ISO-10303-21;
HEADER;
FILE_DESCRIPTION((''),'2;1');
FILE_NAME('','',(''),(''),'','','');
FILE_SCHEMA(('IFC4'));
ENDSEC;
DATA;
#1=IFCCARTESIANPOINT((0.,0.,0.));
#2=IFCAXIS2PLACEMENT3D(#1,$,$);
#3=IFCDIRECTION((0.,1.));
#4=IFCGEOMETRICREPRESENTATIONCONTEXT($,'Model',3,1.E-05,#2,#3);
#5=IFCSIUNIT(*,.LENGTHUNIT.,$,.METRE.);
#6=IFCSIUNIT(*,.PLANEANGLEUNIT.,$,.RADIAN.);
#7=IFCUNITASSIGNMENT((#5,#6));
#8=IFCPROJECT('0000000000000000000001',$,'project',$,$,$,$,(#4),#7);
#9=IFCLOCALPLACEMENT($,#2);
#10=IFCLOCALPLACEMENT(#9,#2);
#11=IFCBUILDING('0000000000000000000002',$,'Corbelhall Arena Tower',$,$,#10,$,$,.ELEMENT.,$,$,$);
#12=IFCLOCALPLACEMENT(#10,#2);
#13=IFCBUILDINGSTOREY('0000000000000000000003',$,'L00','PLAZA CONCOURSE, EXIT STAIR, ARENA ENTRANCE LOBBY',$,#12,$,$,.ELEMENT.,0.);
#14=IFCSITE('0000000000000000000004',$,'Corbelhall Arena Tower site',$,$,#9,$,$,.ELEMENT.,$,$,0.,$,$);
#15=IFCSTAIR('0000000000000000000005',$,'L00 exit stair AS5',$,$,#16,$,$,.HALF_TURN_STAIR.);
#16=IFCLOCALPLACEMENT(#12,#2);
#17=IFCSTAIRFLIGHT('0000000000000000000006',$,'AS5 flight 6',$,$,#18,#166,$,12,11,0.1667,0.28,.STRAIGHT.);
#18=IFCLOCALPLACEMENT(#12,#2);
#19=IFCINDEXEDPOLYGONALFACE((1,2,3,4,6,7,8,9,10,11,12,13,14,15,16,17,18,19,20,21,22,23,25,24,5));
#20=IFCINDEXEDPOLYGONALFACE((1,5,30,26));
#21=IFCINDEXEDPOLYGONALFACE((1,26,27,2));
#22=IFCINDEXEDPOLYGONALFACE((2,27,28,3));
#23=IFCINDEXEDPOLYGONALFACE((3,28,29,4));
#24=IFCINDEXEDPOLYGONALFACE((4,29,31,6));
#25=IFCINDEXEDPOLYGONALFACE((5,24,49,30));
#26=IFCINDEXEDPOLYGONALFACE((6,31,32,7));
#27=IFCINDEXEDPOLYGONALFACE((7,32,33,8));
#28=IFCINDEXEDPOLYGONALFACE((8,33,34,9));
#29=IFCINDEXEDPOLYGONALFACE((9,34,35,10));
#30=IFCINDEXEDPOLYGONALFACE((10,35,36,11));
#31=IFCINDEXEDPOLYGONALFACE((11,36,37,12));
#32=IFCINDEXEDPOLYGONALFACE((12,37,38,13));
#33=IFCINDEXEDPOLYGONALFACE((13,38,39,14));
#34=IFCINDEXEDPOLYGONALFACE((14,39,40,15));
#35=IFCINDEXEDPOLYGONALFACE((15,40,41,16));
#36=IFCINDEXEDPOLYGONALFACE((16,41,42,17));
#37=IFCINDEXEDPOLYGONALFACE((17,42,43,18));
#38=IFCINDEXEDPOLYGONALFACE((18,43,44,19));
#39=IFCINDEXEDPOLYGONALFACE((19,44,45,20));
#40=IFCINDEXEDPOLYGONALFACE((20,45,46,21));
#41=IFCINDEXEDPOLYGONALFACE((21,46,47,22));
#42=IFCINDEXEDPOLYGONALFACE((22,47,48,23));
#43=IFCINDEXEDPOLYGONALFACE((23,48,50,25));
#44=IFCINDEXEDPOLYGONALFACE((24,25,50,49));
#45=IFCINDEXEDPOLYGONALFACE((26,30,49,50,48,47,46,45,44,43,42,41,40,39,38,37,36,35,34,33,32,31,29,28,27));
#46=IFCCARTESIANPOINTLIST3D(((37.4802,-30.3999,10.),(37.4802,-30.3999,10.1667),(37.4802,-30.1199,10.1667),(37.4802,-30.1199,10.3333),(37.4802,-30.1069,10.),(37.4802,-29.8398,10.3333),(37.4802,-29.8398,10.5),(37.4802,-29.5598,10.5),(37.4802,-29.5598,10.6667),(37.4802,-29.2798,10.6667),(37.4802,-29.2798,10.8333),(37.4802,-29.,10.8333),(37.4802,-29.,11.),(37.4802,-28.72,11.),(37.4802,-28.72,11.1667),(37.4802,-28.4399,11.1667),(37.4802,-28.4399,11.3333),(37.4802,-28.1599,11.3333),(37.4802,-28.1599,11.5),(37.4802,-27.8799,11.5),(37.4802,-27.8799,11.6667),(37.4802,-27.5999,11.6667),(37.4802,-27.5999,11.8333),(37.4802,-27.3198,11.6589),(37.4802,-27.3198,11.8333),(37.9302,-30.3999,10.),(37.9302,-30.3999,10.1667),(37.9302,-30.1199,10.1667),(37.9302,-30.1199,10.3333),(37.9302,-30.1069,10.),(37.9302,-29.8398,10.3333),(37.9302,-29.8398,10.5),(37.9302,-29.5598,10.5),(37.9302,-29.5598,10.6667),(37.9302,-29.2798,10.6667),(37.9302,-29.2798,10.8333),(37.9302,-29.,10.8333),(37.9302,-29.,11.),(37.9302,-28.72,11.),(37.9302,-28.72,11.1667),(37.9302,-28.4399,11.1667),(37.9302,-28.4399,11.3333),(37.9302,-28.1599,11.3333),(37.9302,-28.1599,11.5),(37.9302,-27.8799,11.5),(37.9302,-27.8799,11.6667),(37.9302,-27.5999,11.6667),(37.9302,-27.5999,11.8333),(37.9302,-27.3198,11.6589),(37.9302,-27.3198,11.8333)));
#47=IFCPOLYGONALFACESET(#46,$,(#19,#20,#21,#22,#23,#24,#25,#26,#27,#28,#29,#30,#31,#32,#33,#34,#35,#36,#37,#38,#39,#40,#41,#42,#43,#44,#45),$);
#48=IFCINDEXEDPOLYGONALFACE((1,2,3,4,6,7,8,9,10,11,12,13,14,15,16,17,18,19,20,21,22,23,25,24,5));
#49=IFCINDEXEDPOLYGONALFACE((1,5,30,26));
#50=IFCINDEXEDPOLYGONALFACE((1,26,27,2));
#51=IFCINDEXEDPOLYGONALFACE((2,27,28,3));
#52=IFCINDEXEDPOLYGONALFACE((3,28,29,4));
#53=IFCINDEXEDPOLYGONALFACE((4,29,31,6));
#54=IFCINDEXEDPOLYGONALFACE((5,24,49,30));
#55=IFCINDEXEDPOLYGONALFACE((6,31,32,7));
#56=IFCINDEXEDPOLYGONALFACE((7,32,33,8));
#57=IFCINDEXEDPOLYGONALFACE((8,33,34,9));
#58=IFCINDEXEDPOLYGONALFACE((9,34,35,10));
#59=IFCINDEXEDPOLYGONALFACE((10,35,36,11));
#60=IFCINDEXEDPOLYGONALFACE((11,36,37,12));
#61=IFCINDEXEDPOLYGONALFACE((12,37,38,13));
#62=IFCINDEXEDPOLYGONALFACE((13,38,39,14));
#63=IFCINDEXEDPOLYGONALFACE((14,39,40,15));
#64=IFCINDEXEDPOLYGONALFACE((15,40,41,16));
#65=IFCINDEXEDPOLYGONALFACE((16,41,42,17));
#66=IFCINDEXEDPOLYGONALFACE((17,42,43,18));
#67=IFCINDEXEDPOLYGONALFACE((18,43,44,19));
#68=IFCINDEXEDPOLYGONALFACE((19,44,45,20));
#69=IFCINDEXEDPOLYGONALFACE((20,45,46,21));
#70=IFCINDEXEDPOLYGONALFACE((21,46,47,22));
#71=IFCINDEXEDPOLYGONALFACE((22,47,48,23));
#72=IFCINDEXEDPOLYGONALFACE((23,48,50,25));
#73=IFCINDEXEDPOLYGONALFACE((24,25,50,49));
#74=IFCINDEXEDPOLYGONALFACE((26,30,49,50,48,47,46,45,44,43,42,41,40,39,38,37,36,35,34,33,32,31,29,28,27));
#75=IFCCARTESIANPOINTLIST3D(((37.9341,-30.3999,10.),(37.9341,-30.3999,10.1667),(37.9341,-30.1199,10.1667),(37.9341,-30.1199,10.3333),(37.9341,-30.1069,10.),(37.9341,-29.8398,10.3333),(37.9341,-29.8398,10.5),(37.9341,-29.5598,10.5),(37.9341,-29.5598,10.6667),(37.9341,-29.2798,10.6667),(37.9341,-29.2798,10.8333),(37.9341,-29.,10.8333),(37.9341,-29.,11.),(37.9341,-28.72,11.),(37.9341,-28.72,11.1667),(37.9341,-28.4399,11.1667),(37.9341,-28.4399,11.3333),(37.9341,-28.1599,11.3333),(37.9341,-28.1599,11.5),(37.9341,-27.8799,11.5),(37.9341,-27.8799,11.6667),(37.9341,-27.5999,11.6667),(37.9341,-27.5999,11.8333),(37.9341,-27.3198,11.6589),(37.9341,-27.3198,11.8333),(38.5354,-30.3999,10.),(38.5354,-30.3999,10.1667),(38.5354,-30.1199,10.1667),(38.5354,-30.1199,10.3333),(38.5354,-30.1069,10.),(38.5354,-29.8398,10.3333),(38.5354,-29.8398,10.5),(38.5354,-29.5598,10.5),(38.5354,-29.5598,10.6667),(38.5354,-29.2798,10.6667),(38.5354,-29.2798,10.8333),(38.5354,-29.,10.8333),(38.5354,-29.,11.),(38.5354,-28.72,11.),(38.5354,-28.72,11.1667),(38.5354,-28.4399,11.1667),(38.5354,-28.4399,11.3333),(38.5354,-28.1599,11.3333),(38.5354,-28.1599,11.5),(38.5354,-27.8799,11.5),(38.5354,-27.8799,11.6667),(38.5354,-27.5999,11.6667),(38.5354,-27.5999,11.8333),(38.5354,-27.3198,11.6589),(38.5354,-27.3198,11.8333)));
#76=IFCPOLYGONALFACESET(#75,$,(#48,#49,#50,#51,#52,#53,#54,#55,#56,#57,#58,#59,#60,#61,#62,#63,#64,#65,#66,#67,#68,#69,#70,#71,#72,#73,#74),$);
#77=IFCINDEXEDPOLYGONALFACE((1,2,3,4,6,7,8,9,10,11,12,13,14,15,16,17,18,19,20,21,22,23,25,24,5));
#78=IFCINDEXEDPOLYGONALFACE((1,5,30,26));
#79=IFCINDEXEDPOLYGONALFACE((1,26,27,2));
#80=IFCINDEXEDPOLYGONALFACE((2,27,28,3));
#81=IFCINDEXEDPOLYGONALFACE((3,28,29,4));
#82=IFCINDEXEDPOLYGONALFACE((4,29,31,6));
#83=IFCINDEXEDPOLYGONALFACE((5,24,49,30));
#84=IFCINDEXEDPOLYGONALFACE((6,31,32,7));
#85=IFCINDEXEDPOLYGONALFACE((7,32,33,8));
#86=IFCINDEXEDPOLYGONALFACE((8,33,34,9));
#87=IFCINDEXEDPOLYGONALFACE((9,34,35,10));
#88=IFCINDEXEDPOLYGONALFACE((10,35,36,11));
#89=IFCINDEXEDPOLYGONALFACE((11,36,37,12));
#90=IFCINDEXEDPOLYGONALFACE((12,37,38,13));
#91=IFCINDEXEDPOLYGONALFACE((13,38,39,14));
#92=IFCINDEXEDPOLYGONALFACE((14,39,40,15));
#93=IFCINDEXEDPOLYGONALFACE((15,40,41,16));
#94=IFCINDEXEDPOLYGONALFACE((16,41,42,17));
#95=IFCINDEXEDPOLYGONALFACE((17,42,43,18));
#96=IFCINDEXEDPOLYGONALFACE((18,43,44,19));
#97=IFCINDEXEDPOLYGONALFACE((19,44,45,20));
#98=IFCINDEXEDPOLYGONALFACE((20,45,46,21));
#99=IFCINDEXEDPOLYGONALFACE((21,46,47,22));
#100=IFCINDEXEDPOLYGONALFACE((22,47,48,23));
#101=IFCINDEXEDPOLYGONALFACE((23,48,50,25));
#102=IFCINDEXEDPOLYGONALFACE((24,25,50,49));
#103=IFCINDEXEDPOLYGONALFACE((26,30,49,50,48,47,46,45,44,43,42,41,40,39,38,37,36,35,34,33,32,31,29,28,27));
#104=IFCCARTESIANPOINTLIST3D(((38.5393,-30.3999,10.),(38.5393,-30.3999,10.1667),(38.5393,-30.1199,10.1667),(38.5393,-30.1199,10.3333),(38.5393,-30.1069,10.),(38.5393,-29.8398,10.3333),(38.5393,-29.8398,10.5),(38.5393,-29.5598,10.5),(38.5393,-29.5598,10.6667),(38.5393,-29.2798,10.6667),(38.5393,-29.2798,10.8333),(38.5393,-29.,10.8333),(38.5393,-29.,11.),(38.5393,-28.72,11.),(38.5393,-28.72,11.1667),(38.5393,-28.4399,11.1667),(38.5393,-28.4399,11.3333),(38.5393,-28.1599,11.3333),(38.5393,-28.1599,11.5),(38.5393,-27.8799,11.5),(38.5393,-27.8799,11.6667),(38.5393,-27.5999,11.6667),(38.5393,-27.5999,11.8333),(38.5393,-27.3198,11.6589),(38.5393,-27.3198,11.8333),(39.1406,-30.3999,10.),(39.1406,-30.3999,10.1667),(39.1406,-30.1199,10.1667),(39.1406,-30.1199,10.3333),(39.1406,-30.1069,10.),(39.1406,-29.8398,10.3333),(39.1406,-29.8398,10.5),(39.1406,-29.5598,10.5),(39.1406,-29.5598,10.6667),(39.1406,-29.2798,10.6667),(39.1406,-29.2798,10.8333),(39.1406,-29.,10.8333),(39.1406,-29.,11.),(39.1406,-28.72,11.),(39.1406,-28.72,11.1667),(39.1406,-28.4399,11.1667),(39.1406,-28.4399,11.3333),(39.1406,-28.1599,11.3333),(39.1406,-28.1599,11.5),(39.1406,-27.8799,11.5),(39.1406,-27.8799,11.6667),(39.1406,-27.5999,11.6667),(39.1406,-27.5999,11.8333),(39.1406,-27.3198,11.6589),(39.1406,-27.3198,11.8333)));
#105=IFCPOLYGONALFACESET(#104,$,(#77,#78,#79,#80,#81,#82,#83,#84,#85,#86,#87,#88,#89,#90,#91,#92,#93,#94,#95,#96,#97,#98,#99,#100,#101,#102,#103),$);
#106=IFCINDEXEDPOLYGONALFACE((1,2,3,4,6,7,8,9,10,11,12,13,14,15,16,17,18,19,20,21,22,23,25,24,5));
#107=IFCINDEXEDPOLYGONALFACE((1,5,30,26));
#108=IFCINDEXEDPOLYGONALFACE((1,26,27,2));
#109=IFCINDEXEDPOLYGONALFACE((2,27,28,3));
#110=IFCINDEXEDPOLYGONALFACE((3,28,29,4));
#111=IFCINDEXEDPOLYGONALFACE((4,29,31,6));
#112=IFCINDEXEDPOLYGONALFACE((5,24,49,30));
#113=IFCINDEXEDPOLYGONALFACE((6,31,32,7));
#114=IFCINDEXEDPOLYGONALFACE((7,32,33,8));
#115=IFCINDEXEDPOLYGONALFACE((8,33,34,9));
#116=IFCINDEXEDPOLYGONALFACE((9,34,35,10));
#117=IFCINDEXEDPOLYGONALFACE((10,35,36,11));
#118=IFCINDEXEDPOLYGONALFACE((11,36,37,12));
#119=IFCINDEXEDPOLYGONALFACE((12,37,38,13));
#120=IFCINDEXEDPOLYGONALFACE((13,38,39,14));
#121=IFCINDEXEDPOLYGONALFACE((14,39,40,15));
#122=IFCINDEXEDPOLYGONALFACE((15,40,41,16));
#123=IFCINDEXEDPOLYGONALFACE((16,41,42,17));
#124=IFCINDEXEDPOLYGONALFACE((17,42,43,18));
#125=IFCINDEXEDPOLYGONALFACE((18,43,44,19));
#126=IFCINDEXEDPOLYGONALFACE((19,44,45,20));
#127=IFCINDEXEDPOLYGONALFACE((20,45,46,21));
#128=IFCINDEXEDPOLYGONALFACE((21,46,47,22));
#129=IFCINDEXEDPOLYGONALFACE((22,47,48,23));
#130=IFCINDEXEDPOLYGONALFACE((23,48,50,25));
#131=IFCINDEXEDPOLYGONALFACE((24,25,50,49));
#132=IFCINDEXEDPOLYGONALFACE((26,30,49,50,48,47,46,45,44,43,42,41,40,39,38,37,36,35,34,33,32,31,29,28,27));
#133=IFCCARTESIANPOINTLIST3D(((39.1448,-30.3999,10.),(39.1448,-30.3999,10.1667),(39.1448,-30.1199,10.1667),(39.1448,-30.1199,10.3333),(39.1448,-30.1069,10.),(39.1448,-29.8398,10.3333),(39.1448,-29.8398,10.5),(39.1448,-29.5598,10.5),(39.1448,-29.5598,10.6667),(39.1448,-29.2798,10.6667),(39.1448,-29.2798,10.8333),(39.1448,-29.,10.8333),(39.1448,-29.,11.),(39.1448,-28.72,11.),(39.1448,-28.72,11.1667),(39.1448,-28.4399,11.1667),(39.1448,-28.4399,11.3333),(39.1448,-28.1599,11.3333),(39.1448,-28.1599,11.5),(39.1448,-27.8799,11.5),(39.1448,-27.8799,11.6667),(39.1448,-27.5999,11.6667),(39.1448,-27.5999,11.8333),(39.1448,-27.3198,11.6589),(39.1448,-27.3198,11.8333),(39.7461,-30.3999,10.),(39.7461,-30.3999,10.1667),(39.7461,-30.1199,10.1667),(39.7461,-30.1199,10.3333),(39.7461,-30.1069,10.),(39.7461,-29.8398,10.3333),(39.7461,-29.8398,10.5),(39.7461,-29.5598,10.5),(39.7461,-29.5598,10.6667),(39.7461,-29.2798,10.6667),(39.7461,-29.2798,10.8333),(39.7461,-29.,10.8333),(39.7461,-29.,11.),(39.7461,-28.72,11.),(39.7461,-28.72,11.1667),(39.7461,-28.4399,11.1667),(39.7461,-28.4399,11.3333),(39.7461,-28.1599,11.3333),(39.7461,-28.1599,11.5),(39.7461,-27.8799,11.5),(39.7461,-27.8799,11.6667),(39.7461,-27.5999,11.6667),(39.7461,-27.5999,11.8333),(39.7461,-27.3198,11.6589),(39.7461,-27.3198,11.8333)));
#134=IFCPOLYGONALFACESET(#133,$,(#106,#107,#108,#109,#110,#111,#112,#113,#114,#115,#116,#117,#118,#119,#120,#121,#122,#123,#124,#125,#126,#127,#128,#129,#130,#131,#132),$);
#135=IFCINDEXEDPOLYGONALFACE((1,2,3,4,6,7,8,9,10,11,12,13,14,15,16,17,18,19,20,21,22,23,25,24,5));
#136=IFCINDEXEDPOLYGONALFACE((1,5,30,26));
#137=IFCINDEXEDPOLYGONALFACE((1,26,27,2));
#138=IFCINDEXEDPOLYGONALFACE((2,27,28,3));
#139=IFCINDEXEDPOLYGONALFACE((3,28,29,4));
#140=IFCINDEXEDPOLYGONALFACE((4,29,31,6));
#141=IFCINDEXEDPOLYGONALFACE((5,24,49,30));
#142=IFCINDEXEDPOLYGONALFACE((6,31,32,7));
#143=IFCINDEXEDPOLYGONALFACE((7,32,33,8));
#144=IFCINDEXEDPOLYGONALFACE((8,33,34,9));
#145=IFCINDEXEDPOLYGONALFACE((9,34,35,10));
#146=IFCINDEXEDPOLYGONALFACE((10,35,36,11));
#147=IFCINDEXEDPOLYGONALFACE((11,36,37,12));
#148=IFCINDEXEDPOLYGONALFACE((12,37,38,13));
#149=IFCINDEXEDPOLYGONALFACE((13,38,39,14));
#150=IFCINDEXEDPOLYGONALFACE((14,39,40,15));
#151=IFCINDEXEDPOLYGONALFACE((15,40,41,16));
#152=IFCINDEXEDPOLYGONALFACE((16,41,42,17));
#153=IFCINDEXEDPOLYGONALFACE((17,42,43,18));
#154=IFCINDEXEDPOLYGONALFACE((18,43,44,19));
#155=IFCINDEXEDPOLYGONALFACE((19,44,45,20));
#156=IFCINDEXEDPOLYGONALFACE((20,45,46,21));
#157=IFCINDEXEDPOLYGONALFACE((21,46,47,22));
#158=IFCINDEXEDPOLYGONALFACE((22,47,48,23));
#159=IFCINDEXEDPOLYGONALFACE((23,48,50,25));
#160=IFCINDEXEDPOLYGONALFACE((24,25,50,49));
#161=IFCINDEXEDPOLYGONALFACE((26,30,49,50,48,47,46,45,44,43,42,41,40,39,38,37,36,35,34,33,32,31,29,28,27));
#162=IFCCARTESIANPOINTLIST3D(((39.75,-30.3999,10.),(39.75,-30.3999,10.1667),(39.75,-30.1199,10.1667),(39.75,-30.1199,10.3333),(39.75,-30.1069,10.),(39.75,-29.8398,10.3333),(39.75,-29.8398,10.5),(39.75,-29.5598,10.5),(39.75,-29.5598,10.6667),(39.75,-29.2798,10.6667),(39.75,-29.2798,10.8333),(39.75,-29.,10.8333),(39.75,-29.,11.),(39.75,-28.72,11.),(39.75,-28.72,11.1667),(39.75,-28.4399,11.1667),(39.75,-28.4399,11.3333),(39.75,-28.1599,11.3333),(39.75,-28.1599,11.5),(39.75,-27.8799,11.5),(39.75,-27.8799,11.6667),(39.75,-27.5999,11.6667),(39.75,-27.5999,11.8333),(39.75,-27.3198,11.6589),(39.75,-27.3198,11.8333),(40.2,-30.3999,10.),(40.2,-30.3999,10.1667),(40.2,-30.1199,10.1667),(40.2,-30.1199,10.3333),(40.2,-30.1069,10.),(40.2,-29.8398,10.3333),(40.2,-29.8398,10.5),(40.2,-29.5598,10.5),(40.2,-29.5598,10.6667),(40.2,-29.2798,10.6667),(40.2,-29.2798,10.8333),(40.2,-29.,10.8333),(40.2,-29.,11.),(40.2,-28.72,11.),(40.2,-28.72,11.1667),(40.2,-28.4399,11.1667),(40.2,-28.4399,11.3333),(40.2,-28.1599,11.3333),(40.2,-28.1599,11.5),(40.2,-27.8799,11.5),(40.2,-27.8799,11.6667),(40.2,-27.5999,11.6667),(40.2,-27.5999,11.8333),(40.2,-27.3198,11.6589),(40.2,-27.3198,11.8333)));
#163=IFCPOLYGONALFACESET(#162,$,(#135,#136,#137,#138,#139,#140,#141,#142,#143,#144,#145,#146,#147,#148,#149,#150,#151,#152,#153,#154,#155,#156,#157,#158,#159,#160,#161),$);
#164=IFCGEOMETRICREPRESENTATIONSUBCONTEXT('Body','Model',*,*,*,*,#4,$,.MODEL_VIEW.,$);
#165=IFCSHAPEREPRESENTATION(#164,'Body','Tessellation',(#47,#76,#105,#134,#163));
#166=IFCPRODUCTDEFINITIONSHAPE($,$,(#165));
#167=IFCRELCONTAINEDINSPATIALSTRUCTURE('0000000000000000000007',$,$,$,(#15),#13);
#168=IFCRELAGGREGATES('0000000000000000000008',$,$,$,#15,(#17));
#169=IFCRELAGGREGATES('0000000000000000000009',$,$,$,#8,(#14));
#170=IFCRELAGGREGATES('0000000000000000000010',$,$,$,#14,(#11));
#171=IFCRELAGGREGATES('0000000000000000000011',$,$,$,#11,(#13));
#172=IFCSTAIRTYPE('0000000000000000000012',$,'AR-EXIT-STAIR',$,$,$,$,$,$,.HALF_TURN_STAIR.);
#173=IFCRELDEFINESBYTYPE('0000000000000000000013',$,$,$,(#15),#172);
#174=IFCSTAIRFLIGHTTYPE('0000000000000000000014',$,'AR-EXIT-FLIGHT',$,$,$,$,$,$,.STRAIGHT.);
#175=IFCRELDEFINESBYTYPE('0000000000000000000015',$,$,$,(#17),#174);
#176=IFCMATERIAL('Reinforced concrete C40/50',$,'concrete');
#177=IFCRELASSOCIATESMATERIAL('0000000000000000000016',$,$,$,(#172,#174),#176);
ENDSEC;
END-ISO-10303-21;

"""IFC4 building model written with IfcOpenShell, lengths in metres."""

from ifc_helpers import new_model, si_unit, direction, frame, origin, place, context, subcontext, project, spatial, polyline, outline, extrude, material, type_object, element, aggregate, save


model = new_model("IFC4")

# Units and contexts
model_context = context("Model", 3, precision=1e-05, world=origin(), true_north=direction((0.0, 1.0)))
body_context = subcontext(model_context, "Body", "Model", "MODEL_VIEW")
ifc_project = project(units=[si_unit("LENGTHUNIT", "METRE"), si_unit("PLANEANGLEUNIT", "RADIAN")], contexts=[model_context])

# Site, building, storey
site_placement = place(None, origin())
site = spatial("IfcSite", under=ifc_project, at=site_placement, Name="Corbelhall Arena Tower site", CompositionType="ELEMENT", RefElevation=0.0)
building_placement = place(site_placement, origin())
building = spatial("IfcBuilding", under=site, at=building_placement, Name="Corbelhall Arena Tower", CompositionType="ELEMENT")
storey_placement = place(building_placement, origin())
storey = spatial("IfcBuildingStorey", under=building, at=storey_placement, Name="L00", Description="PLAZA CONCOURSE, EXIT STAIR, ARENA ENTRANCE LOBBY", CompositionType="ELEMENT", Elevation=0.0)

# Shared definitions
ifc_material_1 = material(Name="Reinforced concrete C40/50", Category="concrete")

# Stair, stair flight
stair_type = type_object("IfcStairType", Name="AR-EXIT-STAIR", PredefinedType="HALF_TURN_STAIR", material=ifc_material_1)
stair_1_placement = place(storey_placement, origin())
stair_1 = element("IfcStair", 1, at=stair_1_placement, inside=storey, type_object=stair_type, Name="L00 exit stair AS5", PredefinedType="HALF_TURN_STAIR")
stair_flight_type = type_object("IfcStairFlightType", Name="AR-EXIT-FLIGHT", PredefinedType="STRAIGHT", material=ifc_material_1)
stair_flight_1_placement = place(storey_placement, frame((38.8401, -30.3999, 10.0), z_axis=(0.0, 0.0, 1.0), x_axis=(0.0, 1.0, 0.0)))
stair_flight_1 = element("IfcStairFlight", 2, at=stair_flight_1_placement, type_object=stair_flight_type, Name="AS5 flight 6", NumberOfRisers=12, NumberOfTreads=11, PredefinedType="STRAIGHT", RiserHeight=0.1667, TreadLength=0.28, context=body_context, shape_type="SweptSolid", body=[
    extrude(outline(polyline([(0.0, 0.0), (0.0, 0.1667), (0.28, 0.1667), (0.28, 0.3333), (0.5601, 0.3333), (0.5601, 0.5), (0.8401, 0.5), (0.8401, 0.6667), (1.1201, 0.6667), (1.1201, 0.8333), (1.3999, 0.8333), (1.3999, 1.0), (1.6799, 1.0), (1.6799, 1.1667), (1.96, 1.1667), (1.96, 1.3333), (2.24, 1.3333), (2.24, 1.5), (2.52, 1.5), (2.52, 1.6667), (2.8, 1.6667), (2.8, 1.8333), (3.0801, 1.8333), (3.0801, 2.0), (3.0801, 1.6589), (0.293, 0.0), (0.0, 0.0)])), frame((0.0, 1.3599, 0.0), z_axis=(0.0, -1.0, 0.0), x_axis=(1.0, 0.0, 0.0)), (0.0, 0.0, 1.0), 0.45),
    extrude(outline(polyline([(0.0, 0.0), (0.0, 0.1667), (0.28, 0.1667), (0.28, 0.3333), (0.5601, 0.3333), (0.5601, 0.5), (0.8401, 0.5), (0.8401, 0.6667), (1.1201, 0.6667), (1.1201, 0.8333), (1.3999, 0.8333), (1.3999, 1.0), (1.6799, 1.0), (1.6799, 1.1667), (1.96, 1.1667), (1.96, 1.3333), (2.24, 1.3333), (2.24, 1.5), (2.52, 1.5), (2.52, 1.6667), (2.8, 1.6667), (2.8, 1.8333), (3.0801, 1.8333), (3.0801, 2.0), (3.0801, 1.6589), (0.293, 0.0), (0.0, 0.0)])), frame((0.0, 0.906, 0.0), z_axis=(0.0, -1.0, 0.0), x_axis=(1.0, 0.0, 0.0)), (0.0, 0.0, 1.0), 0.6013),
    extrude(outline(polyline([(0.0, 0.0), (0.0, 0.1667), (0.28, 0.1667), (0.28, 0.3333), (0.5601, 0.3333), (0.5601, 0.5), (0.8401, 0.5), (0.8401, 0.6667), (1.1201, 0.6667), (1.1201, 0.8333), (1.3999, 0.8333), (1.3999, 1.0), (1.6799, 1.0), (1.6799, 1.1667), (1.96, 1.1667), (1.96, 1.3333), (2.24, 1.3333), (2.24, 1.5), (2.52, 1.5), (2.52, 1.6667), (2.8, 1.6667), (2.8, 1.8333), (3.0801, 1.8333), (3.0801, 2.0), (3.0801, 1.6589), (0.293, 0.0), (0.0, 0.0)])), frame((0.0, 0.3008, 0.0), z_axis=(0.0, -1.0, 0.0), x_axis=(1.0, 0.0, 0.0)), (0.0, 0.0, 1.0), 0.6013),
    extrude(outline(polyline([(0.0, 0.0), (0.0, 0.1667), (0.28, 0.1667), (0.28, 0.3333), (0.5601, 0.3333), (0.5601, 0.5), (0.8401, 0.5), (0.8401, 0.6667), (1.1201, 0.6667), (1.1201, 0.8333), (1.3999, 0.8333), (1.3999, 1.0), (1.6799, 1.0), (1.6799, 1.1667), (1.96, 1.1667), (1.96, 1.3333), (2.24, 1.3333), (2.24, 1.5), (2.52, 1.5), (2.52, 1.6667), (2.8, 1.6667), (2.8, 1.8333), (3.0801, 1.8333), (3.0801, 2.0), (3.0801, 1.6589), (0.293, 0.0), (0.0, 0.0)])), frame((0.0, -0.3047, 0.0), z_axis=(0.0, -1.0, 0.0), x_axis=(1.0, 0.0, 0.0)), (0.0, 0.0, 1.0), 0.6013),
    extrude(outline(polyline([(0.0, 0.0), (0.0, 0.1667), (0.28, 0.1667), (0.28, 0.3333), (0.5601, 0.3333), (0.5601, 0.5), (0.8401, 0.5), (0.8401, 0.6667), (1.1201, 0.6667), (1.1201, 0.8333), (1.3999, 0.8333), (1.3999, 1.0), (1.6799, 1.0), (1.6799, 1.1667), (1.96, 1.1667), (1.96, 1.3333), (2.24, 1.3333), (2.24, 1.5), (2.52, 1.5), (2.52, 1.6667), (2.8, 1.6667), (2.8, 1.8333), (3.0801, 1.8333), (3.0801, 2.0), (3.0801, 1.6589), (0.293, 0.0), (0.0, 0.0)])), frame((0.0, -0.9099, 0.0), z_axis=(0.0, -1.0, 0.0), x_axis=(1.0, 0.0, 0.0)), (0.0, 0.0, 1.0), 0.45),
])
aggregate(stair_1, [stair_flight_1])

save(model, "model.ifc")
